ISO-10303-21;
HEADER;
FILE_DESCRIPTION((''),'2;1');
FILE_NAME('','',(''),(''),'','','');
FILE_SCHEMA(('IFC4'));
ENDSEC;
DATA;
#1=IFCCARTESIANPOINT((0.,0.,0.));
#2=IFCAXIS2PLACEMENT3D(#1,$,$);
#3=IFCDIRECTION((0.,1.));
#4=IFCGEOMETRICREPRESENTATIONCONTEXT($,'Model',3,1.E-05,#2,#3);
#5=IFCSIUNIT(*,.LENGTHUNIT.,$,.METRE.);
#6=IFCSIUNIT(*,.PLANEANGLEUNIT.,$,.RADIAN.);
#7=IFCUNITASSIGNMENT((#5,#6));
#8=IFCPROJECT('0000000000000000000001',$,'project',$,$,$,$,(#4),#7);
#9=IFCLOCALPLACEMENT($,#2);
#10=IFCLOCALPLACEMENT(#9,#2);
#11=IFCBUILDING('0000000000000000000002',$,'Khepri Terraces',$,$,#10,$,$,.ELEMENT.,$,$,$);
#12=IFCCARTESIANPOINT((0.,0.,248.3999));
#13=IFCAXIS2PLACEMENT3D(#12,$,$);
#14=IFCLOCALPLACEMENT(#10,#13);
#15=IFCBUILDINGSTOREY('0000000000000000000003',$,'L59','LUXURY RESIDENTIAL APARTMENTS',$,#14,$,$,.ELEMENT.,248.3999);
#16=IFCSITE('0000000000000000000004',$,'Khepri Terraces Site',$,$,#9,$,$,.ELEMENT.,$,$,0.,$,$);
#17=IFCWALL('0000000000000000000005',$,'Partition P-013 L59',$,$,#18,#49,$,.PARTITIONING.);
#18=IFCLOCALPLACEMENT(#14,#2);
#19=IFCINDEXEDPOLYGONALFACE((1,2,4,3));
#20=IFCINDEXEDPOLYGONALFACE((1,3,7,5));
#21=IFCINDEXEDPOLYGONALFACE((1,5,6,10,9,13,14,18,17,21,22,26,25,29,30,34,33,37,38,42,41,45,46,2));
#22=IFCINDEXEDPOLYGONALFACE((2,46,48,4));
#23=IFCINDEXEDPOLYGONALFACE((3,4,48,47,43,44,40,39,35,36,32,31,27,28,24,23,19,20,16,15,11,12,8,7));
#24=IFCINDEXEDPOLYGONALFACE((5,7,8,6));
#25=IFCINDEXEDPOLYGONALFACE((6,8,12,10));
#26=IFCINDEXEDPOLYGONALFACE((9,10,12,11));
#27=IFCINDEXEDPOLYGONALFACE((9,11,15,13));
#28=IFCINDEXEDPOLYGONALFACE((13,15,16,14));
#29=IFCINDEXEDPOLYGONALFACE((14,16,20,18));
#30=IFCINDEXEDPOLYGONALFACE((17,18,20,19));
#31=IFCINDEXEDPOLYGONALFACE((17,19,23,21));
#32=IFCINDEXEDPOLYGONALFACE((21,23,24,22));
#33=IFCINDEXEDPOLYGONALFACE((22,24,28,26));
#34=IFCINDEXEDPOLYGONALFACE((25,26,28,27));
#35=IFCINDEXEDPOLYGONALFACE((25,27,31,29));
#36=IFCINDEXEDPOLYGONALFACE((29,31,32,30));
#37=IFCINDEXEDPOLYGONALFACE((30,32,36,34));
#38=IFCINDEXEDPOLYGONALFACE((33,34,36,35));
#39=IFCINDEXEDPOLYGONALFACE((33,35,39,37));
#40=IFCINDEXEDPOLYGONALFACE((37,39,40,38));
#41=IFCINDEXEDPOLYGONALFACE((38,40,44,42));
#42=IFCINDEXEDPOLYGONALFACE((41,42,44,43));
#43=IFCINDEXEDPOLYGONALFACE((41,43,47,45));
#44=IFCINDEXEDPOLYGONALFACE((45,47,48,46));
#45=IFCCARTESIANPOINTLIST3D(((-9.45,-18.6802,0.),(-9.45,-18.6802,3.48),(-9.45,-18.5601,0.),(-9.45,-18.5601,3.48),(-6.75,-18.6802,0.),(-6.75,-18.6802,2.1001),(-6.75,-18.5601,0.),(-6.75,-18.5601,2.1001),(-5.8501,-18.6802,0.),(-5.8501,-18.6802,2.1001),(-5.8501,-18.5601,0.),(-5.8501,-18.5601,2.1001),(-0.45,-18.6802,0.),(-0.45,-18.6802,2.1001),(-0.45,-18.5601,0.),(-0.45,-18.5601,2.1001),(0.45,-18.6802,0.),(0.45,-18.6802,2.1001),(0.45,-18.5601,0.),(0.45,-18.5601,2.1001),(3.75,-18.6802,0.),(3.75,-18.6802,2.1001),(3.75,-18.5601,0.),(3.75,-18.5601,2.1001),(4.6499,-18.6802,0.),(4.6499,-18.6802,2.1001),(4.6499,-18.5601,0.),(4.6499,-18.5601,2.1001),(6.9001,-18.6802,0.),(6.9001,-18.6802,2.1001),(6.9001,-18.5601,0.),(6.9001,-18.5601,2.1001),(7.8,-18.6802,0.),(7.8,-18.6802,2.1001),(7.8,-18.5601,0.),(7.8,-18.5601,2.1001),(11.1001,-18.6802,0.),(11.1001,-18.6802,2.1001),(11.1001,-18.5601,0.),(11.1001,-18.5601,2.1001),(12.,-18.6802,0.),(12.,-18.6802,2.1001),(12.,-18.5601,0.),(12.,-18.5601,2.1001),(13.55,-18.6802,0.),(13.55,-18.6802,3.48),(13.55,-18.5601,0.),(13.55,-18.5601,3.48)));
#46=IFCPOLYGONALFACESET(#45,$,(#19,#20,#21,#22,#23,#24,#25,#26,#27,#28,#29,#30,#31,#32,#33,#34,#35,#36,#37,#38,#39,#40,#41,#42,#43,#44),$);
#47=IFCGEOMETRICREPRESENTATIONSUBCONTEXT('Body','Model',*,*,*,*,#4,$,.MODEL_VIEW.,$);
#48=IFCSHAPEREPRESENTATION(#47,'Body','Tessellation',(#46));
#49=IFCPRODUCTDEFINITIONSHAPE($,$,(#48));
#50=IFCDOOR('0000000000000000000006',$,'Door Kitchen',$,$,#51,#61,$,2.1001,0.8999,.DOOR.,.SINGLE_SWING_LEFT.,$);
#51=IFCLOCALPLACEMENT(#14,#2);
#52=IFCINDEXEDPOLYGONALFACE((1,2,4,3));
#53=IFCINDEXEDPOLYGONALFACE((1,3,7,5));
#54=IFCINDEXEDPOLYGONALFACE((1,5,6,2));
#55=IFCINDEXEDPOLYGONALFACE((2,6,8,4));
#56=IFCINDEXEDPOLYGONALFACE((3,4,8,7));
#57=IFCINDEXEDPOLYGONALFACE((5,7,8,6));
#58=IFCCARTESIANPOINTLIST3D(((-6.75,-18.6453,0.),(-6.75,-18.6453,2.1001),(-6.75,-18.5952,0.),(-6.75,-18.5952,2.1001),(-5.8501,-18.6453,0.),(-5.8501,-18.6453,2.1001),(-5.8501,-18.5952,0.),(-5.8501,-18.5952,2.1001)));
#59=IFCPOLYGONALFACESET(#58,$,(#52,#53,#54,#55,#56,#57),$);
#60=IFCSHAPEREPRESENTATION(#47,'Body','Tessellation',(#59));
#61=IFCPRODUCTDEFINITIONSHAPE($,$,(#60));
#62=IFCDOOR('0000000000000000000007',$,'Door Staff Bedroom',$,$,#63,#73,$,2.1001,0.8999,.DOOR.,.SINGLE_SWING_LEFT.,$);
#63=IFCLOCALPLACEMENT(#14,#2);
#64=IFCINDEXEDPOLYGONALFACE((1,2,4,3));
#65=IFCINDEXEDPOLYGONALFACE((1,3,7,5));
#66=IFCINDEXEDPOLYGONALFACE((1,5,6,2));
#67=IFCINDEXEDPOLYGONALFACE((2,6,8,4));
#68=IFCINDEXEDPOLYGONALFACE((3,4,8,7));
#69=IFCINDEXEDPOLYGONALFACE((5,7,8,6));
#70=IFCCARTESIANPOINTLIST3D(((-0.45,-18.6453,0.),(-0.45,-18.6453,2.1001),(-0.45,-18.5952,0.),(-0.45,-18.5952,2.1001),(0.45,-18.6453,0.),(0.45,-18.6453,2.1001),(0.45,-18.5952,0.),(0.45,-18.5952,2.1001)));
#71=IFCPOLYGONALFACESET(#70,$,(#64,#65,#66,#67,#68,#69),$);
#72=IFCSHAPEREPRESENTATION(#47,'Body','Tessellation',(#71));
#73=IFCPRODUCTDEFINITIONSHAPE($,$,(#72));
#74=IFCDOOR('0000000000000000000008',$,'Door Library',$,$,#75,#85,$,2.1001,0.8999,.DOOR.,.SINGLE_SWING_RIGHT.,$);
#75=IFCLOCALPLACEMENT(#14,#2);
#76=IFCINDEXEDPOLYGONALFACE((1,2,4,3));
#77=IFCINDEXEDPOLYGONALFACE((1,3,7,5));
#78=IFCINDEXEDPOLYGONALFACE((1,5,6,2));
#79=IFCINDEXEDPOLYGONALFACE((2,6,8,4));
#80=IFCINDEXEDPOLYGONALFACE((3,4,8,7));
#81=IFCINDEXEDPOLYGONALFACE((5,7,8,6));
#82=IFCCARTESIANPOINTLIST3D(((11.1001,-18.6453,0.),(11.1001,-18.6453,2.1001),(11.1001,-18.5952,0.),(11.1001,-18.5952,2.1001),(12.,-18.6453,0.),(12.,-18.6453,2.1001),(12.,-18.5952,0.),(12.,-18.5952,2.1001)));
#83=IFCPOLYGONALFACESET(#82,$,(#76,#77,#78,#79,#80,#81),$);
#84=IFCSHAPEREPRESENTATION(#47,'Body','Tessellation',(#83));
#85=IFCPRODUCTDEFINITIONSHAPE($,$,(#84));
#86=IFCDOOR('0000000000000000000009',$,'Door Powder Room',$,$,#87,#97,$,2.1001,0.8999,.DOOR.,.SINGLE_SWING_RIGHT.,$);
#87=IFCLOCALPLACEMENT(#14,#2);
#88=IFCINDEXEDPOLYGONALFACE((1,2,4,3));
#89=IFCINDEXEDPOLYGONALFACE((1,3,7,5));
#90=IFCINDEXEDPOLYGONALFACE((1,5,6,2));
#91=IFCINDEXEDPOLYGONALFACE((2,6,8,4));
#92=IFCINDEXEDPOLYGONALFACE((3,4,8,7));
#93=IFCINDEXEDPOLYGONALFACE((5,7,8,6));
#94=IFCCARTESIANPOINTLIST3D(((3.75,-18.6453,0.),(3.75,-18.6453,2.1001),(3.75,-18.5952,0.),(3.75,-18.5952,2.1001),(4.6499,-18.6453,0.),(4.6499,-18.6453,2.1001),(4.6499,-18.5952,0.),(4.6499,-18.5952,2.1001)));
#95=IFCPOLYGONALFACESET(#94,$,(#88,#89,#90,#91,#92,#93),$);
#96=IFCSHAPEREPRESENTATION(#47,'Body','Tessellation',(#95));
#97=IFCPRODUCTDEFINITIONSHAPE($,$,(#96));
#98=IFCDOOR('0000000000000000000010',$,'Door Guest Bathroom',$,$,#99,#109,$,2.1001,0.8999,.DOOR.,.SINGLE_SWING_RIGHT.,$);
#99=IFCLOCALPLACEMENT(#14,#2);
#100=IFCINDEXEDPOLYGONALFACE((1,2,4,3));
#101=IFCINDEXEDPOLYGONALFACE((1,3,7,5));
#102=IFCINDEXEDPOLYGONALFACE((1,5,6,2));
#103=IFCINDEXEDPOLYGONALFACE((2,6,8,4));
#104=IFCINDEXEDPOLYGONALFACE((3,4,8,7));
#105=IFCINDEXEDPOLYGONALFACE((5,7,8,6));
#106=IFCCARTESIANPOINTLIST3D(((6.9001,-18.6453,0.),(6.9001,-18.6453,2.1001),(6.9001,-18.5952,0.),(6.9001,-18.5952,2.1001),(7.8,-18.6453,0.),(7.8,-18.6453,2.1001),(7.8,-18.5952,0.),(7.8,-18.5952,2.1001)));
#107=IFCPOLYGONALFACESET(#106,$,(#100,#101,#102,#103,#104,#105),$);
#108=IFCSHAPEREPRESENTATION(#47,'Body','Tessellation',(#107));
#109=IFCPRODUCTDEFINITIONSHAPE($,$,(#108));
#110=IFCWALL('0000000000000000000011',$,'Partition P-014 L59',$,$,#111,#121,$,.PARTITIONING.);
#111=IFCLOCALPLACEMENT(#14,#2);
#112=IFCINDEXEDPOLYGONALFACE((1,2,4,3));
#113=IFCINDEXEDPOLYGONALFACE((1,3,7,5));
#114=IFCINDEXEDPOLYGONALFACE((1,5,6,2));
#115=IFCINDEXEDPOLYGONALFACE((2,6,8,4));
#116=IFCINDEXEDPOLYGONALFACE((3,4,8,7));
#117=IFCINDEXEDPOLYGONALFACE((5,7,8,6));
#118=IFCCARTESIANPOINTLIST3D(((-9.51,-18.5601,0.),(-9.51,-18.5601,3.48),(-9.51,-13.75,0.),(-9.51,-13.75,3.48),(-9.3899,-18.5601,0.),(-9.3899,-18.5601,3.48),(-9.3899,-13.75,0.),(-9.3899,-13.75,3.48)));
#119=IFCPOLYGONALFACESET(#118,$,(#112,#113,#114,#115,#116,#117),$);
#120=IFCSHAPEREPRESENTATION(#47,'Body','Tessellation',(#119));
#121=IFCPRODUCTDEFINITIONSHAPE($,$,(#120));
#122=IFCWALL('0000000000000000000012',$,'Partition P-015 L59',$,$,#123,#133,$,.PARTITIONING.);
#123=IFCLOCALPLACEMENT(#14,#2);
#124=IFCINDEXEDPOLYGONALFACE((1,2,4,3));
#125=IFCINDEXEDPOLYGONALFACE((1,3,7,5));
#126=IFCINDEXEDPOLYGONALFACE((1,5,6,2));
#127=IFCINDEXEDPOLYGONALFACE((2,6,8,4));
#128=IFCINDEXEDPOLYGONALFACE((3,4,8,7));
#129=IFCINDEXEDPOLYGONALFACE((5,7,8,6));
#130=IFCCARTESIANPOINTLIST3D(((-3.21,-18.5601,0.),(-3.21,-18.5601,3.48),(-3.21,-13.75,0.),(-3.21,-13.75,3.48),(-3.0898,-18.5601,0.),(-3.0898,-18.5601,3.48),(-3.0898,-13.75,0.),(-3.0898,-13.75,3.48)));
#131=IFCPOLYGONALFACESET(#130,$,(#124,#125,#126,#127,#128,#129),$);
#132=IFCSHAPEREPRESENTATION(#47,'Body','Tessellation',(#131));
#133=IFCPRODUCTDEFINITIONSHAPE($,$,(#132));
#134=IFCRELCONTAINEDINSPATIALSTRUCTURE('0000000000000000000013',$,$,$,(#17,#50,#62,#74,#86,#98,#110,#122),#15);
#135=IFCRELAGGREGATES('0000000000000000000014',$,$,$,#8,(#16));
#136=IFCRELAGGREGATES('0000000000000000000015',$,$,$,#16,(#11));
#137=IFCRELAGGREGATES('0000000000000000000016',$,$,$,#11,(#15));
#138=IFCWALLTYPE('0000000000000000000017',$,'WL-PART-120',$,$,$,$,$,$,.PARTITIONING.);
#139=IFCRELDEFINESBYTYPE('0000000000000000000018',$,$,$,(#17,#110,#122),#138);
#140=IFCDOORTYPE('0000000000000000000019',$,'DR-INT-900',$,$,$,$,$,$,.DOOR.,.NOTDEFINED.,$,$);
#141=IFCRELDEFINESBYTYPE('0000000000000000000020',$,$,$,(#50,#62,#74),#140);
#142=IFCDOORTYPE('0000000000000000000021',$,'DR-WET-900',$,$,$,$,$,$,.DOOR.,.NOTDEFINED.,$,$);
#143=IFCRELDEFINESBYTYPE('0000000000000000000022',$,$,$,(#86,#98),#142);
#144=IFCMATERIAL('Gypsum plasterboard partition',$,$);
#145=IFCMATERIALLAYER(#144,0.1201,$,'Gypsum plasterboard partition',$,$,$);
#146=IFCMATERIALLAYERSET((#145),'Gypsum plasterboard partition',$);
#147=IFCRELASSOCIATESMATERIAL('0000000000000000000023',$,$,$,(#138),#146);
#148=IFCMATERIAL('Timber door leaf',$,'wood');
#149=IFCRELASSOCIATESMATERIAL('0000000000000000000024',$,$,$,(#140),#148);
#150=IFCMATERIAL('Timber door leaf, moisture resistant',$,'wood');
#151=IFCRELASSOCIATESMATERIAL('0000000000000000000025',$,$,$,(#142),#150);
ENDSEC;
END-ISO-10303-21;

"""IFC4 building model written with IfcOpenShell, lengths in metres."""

from ifc_helpers import new_model, si_unit, direction, frame, frame_2d, origin, place, context, subcontext, project, spatial, rectangle, extrude, material, layer, layer_set, type_object, element, fill, save


model = new_model("IFC4")

# Units and contexts
model_context = context("Model", 3, precision=1e-05, world=origin(), true_north=direction((0.0, 1.0)))
body_context = subcontext(model_context, "Body", "Model", "MODEL_VIEW")
ifc_project = project(units=[si_unit("LENGTHUNIT", "METRE"), si_unit("PLANEANGLEUNIT", "RADIAN")], contexts=[model_context])

# Site, building, storey
site_placement = place(None, origin())
site = spatial("IfcSite", under=ifc_project, at=site_placement, Name="Khepri Terraces Site", CompositionType="ELEMENT", RefElevation=0.0)
building_placement = place(site_placement, origin())
building = spatial("IfcBuilding", under=site, at=building_placement, Name="Khepri Terraces", CompositionType="ELEMENT")
storey_placement = place(building_placement, frame((0.0, 0.0, 248.3999)))
storey = spatial("IfcBuildingStorey", under=building, at=storey_placement, Name="L59", Description="LUXURY RESIDENTIAL APARTMENTS", CompositionType="ELEMENT", Elevation=248.3999)

# Shared definitions
ifc_material_1 = material(Name="Gypsum plasterboard partition")
ifc_layer_1 = layer(ifc_material_1, 0.1201, Name="Gypsum plasterboard partition")
ifc_layer_set_1 = layer_set([ifc_layer_1], Name="Gypsum plasterboard partition")
wall_type_1 = type_object("IfcWallType", Name="WL-PART-120", PredefinedType="PARTITIONING", material=ifc_layer_set_1)

# Shared definitions
ifc_material_2 = material(Name="Timber door leaf", Category="wood")
door_type_1 = type_object("IfcDoorType", Name="DR-INT-900", OperationType="NOTDEFINED", PredefinedType="DOOR", material=ifc_material_2)

# Wall, openings, doors
wall_1_placement = place(storey_placement, frame((-9.45, -18.6201, 0.0), z_axis=(0.0, 0.0, 1.0), x_axis=(1.0, 0.0, 0.0)))
wall_1 = element("IfcWall", 1, at=wall_1_placement, inside=storey, type_object=wall_type_1, Name="Partition P-013 L59", PredefinedType="PARTITIONING", context=body_context, shape_type="SweptSolid", body=[
    extrude(rectangle(XDim=23.0, YDim=0.1201, at=frame_2d((11.5, 0.0))), origin(), (0.0, 0.0, 1.0), 3.48),
])
opening_1_placement = place(wall_1_placement, frame((2.7, 0.0, 0.0)))
opening_1 = element("IfcOpeningElement", 2, at=opening_1_placement, cuts=wall_1, PredefinedType="OPENING", context=body_context, shape_type="SweptSolid", body=[
    extrude(rectangle(XDim=0.8999, YDim=2.1001, at=frame_2d((0.45, 1.05))), frame((0.0, 0.0701, 0.0), z_axis=(0.0, -1.0, 0.0), x_axis=(1.0, 0.0, 0.0)), (0.0, 0.0, 1.0), 0.1401),
])
opening_2_placement = place(wall_1_placement, frame((9.0, 0.0, 0.0)))
opening_2 = element("IfcOpeningElement", 3, at=opening_2_placement, cuts=wall_1, PredefinedType="OPENING", context=body_context, shape_type="SweptSolid", body=[
    extrude(rectangle(XDim=0.8999, YDim=2.1001, at=frame_2d((0.45, 1.05))), frame((0.0, 0.0701, 0.0), z_axis=(0.0, -1.0, 0.0), x_axis=(1.0, 0.0, 0.0)), (0.0, 0.0, 1.0), 0.1401),
])
opening_3_placement = place(wall_1_placement, frame((13.2, 0.0, 0.0)))
opening_3 = element("IfcOpeningElement", 4, at=opening_3_placement, cuts=wall_1, PredefinedType="OPENING", context=body_context, shape_type="SweptSolid", body=[
    extrude(rectangle(XDim=0.8999, YDim=2.1001, at=frame_2d((0.45, 1.05))), frame((0.0, 0.0701, 0.0), z_axis=(0.0, -1.0, 0.0), x_axis=(1.0, 0.0, 0.0)), (0.0, 0.0, 1.0), 0.1401),
])
opening_4_placement = place(wall_1_placement, frame((16.3501, 0.0, 0.0)))
opening_4 = element("IfcOpeningElement", 5, at=opening_4_placement, cuts=wall_1, PredefinedType="OPENING", context=body_context, shape_type="SweptSolid", body=[
    extrude(rectangle(XDim=0.8999, YDim=2.1001, at=frame_2d((0.45, 1.05))), frame((0.0, 0.0701, 0.0), z_axis=(0.0, -1.0, 0.0), x_axis=(1.0, 0.0, 0.0)), (0.0, 0.0, 1.0), 0.1401),
])
opening_5_placement = place(wall_1_placement, frame((20.55, 0.0, 0.0)))
opening_5 = element("IfcOpeningElement", 6, at=opening_5_placement, cuts=wall_1, PredefinedType="OPENING", context=body_context, shape_type="SweptSolid", body=[
    extrude(rectangle(XDim=0.8999, YDim=2.1001, at=frame_2d((0.45, 1.05))), frame((0.0, 0.0701, 0.0), z_axis=(0.0, -1.0, 0.0), x_axis=(1.0, 0.0, 0.0)), (0.0, 0.0, 1.0), 0.1401),
])
door_1_placement = place(opening_1_placement, origin())
door_1 = element("IfcDoor", 7, at=door_1_placement, inside=storey, type_object=door_type_1, Name="Door Kitchen", OperationType="SINGLE_SWING_LEFT", OverallHeight=2.1001, OverallWidth=0.8999, PredefinedType="DOOR", context=body_context, shape_type="SweptSolid", body=[
    extrude(rectangle(XDim=0.8999, YDim=2.1001, at=frame_2d((0.45, 1.05))), frame((0.0, 0.0249, 0.0), z_axis=(0.0, -1.0, 0.0), x_axis=(1.0, 0.0, 0.0)), (0.0, 0.0, 1.0), 0.05),
])
fill(opening_1, door_1)
door_2_placement = place(opening_2_placement, origin())
door_2 = element("IfcDoor", 8, at=door_2_placement, inside=storey, type_object=door_type_1, Name="Door Staff Bedroom", OperationType="SINGLE_SWING_LEFT", OverallHeight=2.1001, OverallWidth=0.8999, PredefinedType="DOOR", context=body_context, shape_type="SweptSolid", body=[
    extrude(rectangle(XDim=0.8999, YDim=2.1001, at=frame_2d((0.45, 1.05))), frame((0.0, 0.0249, 0.0), z_axis=(0.0, -1.0, 0.0), x_axis=(1.0, 0.0, 0.0)), (0.0, 0.0, 1.0), 0.05),
])
fill(opening_2, door_2)
door_3_placement = place(opening_5_placement, origin())
door_3 = element("IfcDoor", 9, at=door_3_placement, inside=storey, type_object=door_type_1, Name="Door Library", OperationType="SINGLE_SWING_RIGHT", OverallHeight=2.1001, OverallWidth=0.8999, PredefinedType="DOOR", context=body_context, shape_type="SweptSolid", body=[
    extrude(rectangle(XDim=0.8999, YDim=2.1001, at=frame_2d((0.45, 1.05))), frame((0.0, 0.0249, 0.0), z_axis=(0.0, -1.0, 0.0), x_axis=(1.0, 0.0, 0.0)), (0.0, 0.0, 1.0), 0.05),
])
fill(opening_5, door_3)
ifc_material_3 = material(Name="Timber door leaf, moisture resistant", Category="wood")
door_type_2 = type_object("IfcDoorType", Name="DR-WET-900", OperationType="NOTDEFINED", PredefinedType="DOOR", material=ifc_material_3)
door_4_placement = place(opening_3_placement, origin())
door_4 = element("IfcDoor", 10, at=door_4_placement, inside=storey, type_object=door_type_2, Name="Door Powder Room", OperationType="SINGLE_SWING_RIGHT", OverallHeight=2.1001, OverallWidth=0.8999, PredefinedType="DOOR", context=body_context, shape_type="SweptSolid", body=[
    extrude(rectangle(XDim=0.8999, YDim=2.1001, at=frame_2d((0.45, 1.05))), frame((0.0, 0.0249, 0.0), z_axis=(0.0, -1.0, 0.0), x_axis=(1.0, 0.0, 0.0)), (0.0, 0.0, 1.0), 0.05),
])
fill(opening_3, door_4)
door_5_placement = place(opening_4_placement, origin())
door_5 = element("IfcDoor", 11, at=door_5_placement, inside=storey, type_object=door_type_2, Name="Door Guest Bathroom", OperationType="SINGLE_SWING_RIGHT", OverallHeight=2.1001, OverallWidth=0.8999, PredefinedType="DOOR", context=body_context, shape_type="SweptSolid", body=[
    extrude(rectangle(XDim=0.8999, YDim=2.1001, at=frame_2d((0.45, 1.05))), frame((0.0, 0.0249, 0.0), z_axis=(0.0, -1.0, 0.0), x_axis=(1.0, 0.0, 0.0)), (0.0, 0.0, 1.0), 0.05),
])
fill(opening_4, door_5)

# Walls
for number, where, z_axis, x_axis, name in (
    (12, (-9.45, -18.5601, 0.0), (0.0, 0.0, 1.0), (0.0, 1.0, 0.0), "Partition P-014 L59"),
    (13, (-3.1499, -18.5601, 0.0), (0.0, 0.0, 1.0), (0.0, 1.0, 0.0), "Partition P-015 L59"),
):
    element("IfcWall", number, at=place(storey_placement, frame(where, z_axis=z_axis, x_axis=x_axis)), inside=storey, type_object=wall_type_1, Name=name, PredefinedType="PARTITIONING", context=body_context, shape_type="SweptSolid", body=[
        extrude(rectangle(XDim=4.8101, YDim=0.1201, at=frame_2d((2.405, 0.0))), origin(), (0.0, 0.0, 1.0), 3.48),
    ])

save(model, "model.ifc")
